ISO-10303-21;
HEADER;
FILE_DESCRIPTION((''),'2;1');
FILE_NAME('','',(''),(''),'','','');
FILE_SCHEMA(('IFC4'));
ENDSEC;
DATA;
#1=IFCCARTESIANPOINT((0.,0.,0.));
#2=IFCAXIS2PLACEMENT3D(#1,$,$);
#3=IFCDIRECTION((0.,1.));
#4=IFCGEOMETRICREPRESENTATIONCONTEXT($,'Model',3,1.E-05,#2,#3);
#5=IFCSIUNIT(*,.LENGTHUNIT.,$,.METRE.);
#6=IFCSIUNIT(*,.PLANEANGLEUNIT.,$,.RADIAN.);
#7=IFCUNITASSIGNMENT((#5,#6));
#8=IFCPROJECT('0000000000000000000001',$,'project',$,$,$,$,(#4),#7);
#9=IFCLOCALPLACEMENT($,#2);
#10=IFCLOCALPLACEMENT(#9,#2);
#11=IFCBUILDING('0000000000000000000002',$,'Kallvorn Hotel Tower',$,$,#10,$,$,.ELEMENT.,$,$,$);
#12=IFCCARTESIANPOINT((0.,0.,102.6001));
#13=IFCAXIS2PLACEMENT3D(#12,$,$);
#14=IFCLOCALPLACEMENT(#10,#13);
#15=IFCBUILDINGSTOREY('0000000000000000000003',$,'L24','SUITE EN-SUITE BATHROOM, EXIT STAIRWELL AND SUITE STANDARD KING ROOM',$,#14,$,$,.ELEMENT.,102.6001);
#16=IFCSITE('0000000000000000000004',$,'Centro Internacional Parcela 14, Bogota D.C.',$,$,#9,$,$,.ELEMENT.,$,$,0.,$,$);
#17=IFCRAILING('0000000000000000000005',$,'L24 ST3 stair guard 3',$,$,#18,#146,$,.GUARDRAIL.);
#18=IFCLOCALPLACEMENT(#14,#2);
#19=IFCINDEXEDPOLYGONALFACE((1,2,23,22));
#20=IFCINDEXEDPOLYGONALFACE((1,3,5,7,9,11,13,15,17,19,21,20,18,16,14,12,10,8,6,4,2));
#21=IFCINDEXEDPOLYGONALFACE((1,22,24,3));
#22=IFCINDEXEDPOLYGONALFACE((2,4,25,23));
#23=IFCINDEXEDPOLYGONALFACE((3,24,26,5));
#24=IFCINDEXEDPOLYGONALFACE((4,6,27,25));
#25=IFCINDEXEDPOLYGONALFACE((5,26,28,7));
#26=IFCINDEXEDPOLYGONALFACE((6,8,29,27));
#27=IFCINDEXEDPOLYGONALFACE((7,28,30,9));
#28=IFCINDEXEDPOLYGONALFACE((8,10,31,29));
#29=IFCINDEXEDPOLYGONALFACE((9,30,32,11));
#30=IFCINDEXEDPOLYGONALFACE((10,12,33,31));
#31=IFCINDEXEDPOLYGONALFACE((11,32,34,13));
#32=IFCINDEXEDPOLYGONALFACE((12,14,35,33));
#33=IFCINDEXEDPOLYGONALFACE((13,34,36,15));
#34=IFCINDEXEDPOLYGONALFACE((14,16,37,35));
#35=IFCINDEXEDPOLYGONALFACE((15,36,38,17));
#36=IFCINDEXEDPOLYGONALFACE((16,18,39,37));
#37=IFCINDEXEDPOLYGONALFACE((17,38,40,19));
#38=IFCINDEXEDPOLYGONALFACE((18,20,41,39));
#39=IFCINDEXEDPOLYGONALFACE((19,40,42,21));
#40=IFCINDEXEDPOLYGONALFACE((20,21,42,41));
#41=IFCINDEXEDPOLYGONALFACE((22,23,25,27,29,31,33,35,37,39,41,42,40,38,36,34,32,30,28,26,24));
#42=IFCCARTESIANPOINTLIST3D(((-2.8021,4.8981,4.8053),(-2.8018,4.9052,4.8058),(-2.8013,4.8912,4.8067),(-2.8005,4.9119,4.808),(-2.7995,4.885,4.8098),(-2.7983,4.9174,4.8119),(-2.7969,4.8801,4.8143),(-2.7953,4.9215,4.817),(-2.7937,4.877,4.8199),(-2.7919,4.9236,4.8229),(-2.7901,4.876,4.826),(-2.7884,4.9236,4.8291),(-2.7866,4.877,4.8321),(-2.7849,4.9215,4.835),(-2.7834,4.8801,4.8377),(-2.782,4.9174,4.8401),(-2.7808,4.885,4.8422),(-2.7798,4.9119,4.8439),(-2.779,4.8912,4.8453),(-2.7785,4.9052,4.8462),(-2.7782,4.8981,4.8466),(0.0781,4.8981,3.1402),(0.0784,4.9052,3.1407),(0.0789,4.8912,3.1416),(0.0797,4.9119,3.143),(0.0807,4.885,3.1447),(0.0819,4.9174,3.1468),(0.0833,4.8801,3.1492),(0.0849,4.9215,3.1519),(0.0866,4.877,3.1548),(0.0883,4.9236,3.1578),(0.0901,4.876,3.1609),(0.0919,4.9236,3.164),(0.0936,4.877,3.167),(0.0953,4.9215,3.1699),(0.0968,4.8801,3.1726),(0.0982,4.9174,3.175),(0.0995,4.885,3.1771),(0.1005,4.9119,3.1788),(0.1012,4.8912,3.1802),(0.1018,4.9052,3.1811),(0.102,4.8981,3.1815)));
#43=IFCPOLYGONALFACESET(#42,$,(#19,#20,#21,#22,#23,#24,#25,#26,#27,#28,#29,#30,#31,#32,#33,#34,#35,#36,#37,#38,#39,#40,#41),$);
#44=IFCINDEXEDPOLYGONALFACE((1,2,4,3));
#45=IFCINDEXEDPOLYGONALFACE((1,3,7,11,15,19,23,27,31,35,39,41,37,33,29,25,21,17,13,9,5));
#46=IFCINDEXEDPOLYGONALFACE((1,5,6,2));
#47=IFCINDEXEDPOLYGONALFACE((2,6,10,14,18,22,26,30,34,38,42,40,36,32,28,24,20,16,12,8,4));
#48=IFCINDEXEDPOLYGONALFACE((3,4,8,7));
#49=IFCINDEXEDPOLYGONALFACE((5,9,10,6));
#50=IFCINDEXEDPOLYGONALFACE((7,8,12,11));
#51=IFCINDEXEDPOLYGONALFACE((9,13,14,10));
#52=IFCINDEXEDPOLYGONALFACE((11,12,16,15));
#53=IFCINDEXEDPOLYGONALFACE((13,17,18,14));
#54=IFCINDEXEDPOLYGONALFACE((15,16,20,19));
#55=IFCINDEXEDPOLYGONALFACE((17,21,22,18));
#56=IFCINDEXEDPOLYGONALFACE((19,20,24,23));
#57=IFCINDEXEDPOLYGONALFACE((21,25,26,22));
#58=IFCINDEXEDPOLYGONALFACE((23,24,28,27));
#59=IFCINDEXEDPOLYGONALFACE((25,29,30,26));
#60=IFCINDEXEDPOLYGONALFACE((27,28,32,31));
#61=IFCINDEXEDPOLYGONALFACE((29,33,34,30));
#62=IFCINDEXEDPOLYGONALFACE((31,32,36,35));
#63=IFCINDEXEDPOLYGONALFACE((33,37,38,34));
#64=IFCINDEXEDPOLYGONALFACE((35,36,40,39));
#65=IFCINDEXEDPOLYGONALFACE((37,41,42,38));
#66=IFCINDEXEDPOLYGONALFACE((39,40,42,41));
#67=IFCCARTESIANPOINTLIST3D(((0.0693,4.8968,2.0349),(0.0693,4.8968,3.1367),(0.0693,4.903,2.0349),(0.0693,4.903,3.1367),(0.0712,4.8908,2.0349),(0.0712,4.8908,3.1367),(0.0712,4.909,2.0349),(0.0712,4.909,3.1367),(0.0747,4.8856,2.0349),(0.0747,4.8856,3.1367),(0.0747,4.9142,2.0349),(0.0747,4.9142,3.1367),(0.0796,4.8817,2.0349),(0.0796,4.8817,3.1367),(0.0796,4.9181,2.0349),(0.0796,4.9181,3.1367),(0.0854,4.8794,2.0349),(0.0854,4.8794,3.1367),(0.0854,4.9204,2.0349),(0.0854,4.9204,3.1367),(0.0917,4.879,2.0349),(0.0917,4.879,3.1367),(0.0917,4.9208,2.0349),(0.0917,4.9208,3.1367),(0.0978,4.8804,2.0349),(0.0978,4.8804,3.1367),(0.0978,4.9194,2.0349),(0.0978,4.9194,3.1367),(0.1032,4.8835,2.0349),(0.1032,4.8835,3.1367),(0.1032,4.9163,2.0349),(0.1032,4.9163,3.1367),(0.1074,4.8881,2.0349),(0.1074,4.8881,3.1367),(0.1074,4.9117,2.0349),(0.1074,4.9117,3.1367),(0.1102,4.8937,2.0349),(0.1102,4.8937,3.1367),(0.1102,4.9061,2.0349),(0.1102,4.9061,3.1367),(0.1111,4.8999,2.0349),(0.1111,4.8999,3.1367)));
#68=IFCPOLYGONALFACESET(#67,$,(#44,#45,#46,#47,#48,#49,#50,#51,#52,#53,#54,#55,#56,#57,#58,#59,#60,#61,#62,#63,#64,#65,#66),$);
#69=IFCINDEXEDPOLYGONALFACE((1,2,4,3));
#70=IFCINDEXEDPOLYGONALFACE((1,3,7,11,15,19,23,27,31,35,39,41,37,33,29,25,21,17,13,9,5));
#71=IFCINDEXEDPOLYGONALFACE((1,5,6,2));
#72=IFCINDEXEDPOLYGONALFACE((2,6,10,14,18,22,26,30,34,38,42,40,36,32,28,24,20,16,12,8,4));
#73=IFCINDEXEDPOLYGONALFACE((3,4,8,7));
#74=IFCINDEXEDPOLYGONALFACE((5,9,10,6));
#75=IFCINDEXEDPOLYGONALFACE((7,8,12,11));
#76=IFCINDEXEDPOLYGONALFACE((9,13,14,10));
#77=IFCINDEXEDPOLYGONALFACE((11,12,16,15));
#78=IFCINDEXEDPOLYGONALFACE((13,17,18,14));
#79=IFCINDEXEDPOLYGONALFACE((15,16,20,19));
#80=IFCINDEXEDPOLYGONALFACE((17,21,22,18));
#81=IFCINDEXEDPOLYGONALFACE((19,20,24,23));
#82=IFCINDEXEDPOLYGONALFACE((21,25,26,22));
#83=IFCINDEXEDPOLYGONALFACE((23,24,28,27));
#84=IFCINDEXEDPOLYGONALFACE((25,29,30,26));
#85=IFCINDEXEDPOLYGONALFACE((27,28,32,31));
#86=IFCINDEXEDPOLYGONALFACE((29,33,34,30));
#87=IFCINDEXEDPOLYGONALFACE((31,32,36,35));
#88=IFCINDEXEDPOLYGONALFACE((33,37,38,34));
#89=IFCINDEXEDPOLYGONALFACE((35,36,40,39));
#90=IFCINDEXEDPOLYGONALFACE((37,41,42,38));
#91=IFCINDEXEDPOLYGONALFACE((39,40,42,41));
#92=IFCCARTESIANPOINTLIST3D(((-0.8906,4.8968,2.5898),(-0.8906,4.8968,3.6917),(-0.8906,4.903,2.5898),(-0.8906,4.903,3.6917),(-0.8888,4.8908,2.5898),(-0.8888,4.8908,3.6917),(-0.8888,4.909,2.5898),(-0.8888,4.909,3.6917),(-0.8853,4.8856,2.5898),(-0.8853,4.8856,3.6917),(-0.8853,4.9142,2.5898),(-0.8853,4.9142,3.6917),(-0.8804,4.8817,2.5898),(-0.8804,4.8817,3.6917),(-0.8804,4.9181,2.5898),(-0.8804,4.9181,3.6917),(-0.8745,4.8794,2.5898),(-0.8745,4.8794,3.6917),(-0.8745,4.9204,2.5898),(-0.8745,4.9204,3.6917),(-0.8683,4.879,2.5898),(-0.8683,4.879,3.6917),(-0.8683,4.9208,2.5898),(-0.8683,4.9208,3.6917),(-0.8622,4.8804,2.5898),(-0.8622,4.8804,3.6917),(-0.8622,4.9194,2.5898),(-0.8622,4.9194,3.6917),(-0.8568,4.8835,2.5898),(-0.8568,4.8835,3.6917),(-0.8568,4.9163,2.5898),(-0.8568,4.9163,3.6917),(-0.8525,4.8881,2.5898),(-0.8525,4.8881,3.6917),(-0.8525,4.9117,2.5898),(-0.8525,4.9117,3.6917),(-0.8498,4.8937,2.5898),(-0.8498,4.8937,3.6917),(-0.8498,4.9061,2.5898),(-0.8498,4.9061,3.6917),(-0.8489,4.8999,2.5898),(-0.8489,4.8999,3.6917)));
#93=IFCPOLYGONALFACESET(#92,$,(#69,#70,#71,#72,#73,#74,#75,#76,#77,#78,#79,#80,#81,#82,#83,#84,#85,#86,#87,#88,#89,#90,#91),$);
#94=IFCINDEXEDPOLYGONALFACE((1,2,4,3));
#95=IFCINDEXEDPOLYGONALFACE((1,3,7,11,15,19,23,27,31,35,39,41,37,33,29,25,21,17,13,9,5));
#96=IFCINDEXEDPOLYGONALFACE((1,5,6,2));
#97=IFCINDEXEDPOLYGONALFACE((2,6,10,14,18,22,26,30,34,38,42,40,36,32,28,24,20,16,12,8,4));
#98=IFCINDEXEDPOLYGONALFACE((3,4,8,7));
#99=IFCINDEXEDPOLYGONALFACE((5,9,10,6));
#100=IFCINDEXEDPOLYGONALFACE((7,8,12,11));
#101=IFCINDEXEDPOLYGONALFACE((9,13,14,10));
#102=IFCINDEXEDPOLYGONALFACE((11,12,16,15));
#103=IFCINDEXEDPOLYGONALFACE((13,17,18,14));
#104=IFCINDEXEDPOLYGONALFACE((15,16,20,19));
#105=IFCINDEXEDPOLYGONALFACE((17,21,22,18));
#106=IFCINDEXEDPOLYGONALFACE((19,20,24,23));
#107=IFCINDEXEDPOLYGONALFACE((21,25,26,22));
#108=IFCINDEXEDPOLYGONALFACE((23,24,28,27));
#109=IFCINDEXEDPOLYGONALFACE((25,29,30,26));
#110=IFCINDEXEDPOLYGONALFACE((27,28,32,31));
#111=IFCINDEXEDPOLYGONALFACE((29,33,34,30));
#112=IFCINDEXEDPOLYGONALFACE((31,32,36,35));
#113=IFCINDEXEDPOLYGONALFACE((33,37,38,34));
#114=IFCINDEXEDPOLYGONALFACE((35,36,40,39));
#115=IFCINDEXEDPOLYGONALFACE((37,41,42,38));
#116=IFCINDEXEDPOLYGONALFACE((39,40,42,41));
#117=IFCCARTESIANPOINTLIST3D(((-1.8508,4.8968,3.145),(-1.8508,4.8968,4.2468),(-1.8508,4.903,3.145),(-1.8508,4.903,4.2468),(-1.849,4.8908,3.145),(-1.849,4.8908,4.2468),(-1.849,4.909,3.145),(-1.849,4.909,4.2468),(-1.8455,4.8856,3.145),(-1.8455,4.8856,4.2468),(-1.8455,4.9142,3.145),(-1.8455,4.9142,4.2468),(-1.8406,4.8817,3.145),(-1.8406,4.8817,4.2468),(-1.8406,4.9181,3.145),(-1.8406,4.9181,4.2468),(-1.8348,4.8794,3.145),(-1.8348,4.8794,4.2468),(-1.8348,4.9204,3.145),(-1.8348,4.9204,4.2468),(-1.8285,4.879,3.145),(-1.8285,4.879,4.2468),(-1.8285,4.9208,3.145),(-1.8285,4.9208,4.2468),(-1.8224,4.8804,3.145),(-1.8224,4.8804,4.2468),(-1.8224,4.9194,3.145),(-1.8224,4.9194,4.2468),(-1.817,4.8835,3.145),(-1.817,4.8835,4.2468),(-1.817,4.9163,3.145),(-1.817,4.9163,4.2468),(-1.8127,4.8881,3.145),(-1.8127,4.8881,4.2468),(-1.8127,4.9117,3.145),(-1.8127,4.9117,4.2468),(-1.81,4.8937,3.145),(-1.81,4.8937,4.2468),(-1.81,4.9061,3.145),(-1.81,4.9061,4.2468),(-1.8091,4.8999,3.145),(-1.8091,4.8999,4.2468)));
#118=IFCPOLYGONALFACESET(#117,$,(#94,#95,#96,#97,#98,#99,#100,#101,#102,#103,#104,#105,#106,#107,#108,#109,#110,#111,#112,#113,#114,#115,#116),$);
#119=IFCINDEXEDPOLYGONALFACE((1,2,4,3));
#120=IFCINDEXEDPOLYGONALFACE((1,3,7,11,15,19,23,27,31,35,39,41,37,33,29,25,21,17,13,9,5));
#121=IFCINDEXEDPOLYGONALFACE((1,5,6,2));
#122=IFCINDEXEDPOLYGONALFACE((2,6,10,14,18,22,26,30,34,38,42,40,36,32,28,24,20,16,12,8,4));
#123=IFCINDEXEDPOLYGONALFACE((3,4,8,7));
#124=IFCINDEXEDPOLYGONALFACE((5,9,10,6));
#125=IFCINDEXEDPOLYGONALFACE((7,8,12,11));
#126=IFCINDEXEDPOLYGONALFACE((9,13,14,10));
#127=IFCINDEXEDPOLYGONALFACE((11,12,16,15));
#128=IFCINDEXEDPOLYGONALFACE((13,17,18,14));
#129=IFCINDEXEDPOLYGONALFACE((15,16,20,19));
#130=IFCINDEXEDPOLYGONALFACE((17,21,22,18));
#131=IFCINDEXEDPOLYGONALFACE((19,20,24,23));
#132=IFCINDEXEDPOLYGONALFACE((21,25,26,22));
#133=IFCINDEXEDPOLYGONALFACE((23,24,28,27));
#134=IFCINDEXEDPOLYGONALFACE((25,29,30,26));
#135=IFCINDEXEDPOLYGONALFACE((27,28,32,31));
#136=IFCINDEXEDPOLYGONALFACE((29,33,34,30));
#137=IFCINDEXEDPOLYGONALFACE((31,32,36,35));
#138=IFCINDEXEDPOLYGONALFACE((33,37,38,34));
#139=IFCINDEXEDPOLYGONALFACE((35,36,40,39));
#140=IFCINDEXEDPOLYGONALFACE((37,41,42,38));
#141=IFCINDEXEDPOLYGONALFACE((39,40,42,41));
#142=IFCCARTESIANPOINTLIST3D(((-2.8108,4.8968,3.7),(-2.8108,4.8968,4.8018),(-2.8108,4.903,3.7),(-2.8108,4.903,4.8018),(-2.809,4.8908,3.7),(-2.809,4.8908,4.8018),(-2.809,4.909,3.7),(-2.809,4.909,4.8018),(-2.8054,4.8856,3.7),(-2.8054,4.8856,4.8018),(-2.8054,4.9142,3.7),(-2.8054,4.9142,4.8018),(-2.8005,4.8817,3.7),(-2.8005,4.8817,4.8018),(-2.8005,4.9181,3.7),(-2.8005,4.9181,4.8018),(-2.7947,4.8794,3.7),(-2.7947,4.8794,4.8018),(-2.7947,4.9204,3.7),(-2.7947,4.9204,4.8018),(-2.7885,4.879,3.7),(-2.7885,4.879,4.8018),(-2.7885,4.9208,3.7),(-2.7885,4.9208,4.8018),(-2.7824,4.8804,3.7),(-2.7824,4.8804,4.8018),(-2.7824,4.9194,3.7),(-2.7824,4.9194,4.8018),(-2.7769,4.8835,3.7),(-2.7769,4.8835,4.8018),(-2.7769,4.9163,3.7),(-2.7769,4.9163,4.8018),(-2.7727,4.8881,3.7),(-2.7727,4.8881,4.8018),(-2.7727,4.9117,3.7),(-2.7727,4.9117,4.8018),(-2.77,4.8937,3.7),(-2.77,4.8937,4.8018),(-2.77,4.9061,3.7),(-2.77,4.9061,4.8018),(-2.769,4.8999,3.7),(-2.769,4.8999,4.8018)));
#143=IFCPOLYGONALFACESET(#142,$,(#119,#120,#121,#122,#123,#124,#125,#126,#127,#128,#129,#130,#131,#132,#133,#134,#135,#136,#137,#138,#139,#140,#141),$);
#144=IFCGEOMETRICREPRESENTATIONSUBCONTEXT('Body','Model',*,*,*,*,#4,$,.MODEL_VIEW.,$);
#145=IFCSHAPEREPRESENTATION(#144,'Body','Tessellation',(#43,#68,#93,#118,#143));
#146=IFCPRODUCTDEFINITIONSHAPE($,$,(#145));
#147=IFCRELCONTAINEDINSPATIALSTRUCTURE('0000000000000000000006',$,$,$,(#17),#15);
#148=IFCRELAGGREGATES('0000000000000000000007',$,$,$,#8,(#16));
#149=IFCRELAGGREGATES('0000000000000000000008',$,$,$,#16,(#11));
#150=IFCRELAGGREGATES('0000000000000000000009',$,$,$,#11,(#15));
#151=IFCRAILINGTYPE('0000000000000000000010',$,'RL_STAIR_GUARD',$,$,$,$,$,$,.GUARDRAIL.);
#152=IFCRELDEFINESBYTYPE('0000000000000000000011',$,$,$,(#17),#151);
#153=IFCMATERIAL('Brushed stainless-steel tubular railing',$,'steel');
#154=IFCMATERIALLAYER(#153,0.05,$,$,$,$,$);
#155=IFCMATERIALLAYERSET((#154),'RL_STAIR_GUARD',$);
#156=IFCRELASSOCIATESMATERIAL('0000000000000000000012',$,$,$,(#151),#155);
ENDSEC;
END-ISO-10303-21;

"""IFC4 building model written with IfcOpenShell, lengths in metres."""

from ifc_helpers import new_model, si_unit, direction, frame, origin, origin_2d, place, context, subcontext, project, spatial, circle, extrude, material, layer, layer_set, type_object, element, save


model = new_model("IFC4")

# Units and contexts
model_context = context("Model", 3, precision=1e-05, world=origin(), true_north=direction((0.0, 1.0)))
body_context = subcontext(model_context, "Body", "Model", "MODEL_VIEW")
ifc_project = project(units=[si_unit("LENGTHUNIT", "METRE"), si_unit("PLANEANGLEUNIT", "RADIAN")], contexts=[model_context])

# Site, building, storey
site_placement = place(None, origin())
site = spatial("IfcSite", under=ifc_project, at=site_placement, Name="Centro Internacional Parcela 14, Bogota D.C.", CompositionType="ELEMENT", RefElevation=0.0)
building_placement = place(site_placement, origin())
building = spatial("IfcBuilding", under=site, at=building_placement, Name="Kallvorn Hotel Tower", CompositionType="ELEMENT")
storey_placement = place(building_placement, frame((0.0, 0.0, 102.6001)))
storey = spatial("IfcBuildingStorey", under=building, at=storey_placement, Name="L24", Description="SUITE EN-SUITE BATHROOM, EXIT STAIRWELL AND SUITE STANDARD KING ROOM", CompositionType="ELEMENT", Elevation=102.6001)

# Railing
ifc_material_1 = material(Name="Brushed stainless-steel tubular railing", Category="steel")
ifc_layer_1 = layer(ifc_material_1, 0.05)
ifc_layer_set_1 = layer_set([ifc_layer_1], Name="RL_STAIR_GUARD")
railing_type_1 = type_object("IfcRailingType", Name="RL_STAIR_GUARD", PredefinedType="GUARDRAIL", material=ifc_layer_set_1)
railing_1_placement = place(storey_placement, frame((0.0901, 4.8999, 2.0349)))
element("IfcRailing", 1, at=railing_1_placement, inside=storey, type_object=railing_type_1, Name="L24 ST3 stair guard 3", PredefinedType="GUARDRAIL", context=body_context, shape_type="SweptSolid", body=[
    extrude(circle(Radius=0.0239, at=origin_2d()), frame((0.0, 0.0, 1.126), z_axis=(-0.865739, 0.0, 0.500495), x_axis=(0.0, -1.0, 0.0)), (0.0, 0.0, 1.0), 3.3269),
    extrude(circle(Radius=0.021, at=origin_2d()), origin(), (0.0, 0.0, 1.0), 1.1018),
    extrude(circle(Radius=0.021, at=origin_2d()), frame((-0.96, 0.0, 0.5549)), (0.0, 0.0, 1.0), 1.1018),
    extrude(circle(Radius=0.021, at=origin_2d()), frame((-1.9202, 0.0, 1.1101)), (0.0, 0.0, 1.0), 1.1018),
    extrude(circle(Radius=0.021, at=origin_2d()), frame((-2.8801, 0.0, 1.665)), (0.0, 0.0, 1.0), 1.1018),
])

save(model, "model.ifc")
